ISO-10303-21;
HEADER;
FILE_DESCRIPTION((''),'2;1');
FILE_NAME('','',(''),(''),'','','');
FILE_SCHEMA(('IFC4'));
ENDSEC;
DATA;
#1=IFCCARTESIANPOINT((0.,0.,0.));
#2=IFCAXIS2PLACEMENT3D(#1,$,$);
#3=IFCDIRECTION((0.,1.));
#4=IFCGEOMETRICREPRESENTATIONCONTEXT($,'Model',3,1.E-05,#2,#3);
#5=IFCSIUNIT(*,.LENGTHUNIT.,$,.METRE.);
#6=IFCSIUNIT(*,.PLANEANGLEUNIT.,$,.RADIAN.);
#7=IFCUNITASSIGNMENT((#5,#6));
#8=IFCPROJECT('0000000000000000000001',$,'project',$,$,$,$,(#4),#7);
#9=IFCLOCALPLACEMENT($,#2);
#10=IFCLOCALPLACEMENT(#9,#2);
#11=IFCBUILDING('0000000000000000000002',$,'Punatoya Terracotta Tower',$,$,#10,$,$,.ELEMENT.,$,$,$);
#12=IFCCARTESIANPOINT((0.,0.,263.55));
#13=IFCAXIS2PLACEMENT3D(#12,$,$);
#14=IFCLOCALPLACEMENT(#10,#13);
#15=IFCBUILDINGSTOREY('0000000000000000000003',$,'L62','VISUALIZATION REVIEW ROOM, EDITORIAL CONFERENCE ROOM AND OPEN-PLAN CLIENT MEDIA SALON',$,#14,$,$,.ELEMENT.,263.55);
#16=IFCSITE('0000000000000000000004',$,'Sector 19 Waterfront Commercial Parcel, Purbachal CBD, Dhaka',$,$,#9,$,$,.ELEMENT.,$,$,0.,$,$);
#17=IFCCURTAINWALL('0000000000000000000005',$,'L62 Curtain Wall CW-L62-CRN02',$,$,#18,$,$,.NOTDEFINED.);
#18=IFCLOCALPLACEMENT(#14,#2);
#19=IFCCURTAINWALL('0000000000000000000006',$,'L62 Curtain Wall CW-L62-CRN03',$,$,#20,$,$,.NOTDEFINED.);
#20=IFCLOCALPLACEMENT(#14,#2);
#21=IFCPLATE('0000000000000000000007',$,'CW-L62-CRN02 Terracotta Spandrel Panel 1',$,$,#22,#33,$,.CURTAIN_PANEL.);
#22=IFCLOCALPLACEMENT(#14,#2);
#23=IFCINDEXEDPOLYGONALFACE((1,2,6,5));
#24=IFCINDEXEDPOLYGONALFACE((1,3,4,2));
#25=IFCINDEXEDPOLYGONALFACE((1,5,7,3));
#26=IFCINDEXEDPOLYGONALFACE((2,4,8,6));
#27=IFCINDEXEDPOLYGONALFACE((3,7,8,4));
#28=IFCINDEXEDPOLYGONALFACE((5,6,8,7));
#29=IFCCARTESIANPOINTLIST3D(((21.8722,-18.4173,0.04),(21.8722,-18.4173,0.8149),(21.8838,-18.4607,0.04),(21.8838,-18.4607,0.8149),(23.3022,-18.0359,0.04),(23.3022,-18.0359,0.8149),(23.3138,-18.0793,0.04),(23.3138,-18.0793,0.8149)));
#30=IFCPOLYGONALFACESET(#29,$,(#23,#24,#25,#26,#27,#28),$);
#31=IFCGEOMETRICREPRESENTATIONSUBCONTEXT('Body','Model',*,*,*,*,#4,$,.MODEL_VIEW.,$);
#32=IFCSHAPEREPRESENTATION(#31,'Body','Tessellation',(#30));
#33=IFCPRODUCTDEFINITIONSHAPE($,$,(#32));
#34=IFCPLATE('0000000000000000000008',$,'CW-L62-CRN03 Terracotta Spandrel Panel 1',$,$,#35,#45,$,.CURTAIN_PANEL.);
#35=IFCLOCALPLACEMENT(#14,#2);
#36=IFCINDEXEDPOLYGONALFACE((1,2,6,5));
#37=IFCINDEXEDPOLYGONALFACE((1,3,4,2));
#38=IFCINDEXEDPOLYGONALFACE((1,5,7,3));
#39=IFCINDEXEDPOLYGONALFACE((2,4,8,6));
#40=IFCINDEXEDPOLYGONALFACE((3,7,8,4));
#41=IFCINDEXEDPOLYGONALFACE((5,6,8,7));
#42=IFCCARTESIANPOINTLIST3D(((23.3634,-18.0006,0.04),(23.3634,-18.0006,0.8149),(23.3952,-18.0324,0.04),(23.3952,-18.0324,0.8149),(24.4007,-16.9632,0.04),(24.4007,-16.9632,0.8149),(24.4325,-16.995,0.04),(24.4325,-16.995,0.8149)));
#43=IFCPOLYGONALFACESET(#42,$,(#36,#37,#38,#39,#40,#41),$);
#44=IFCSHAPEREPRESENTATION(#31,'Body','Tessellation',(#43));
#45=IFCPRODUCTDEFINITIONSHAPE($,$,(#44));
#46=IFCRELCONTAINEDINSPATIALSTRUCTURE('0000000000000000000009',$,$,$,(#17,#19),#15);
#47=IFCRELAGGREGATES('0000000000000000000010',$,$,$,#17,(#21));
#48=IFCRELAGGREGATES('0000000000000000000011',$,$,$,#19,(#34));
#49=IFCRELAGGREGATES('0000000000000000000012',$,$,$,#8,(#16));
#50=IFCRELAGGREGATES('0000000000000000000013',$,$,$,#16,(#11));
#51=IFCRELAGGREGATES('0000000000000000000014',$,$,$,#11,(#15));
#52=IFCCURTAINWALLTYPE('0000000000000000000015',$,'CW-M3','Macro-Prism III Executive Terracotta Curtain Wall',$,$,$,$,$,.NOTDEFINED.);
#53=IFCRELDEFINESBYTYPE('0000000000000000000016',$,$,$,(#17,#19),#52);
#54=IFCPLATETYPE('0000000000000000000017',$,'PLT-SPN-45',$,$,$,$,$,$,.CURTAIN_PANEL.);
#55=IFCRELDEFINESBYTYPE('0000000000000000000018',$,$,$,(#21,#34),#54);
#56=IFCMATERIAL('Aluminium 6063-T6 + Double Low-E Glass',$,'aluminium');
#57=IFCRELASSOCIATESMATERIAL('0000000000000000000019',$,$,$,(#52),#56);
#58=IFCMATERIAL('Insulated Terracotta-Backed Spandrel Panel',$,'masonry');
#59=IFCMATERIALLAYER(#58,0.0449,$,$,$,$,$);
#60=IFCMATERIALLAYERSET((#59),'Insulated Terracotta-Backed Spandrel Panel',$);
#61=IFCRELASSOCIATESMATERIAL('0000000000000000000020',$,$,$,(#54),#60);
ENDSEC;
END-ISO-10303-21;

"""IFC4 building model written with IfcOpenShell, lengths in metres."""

from ifc_helpers import new_model, si_unit, direction, frame, origin, origin_2d, place, context, subcontext, project, spatial, rectangle, extrude, material, layer, layer_set, type_object, element, aggregate, save


model = new_model("IFC4")

# Units and contexts
model_context = context("Model", 3, precision=1e-05, world=origin(), true_north=direction((0.0, 1.0)))
body_context = subcontext(model_context, "Body", "Model", "MODEL_VIEW")
ifc_project = project(units=[si_unit("LENGTHUNIT", "METRE"), si_unit("PLANEANGLEUNIT", "RADIAN")], contexts=[model_context])

# Site, building, storey
site_placement = place(None, origin())
site = spatial("IfcSite", under=ifc_project, at=site_placement, Name="Sector 19 Waterfront Commercial Parcel, Purbachal CBD, Dhaka", CompositionType="ELEMENT", RefElevation=0.0)
building_placement = place(site_placement, origin())
building = spatial("IfcBuilding", under=site, at=building_placement, Name="Punatoya Terracotta Tower", CompositionType="ELEMENT")
storey_placement = place(building_placement, frame((0.0, 0.0, 263.55)))
storey = spatial("IfcBuildingStorey", under=building, at=storey_placement, Name="L62", Description="VISUALIZATION REVIEW ROOM, EDITORIAL CONFERENCE ROOM AND OPEN-PLAN CLIENT MEDIA SALON", CompositionType="ELEMENT", Elevation=263.55)

# Curtain walls
ifc_material_1 = material(Name="Aluminium 6063-T6 + Double Low-E Glass", Category="aluminium")
curtain_wall_type = type_object("IfcCurtainWallType", Name="CW-M3", Description="Macro-Prism III Executive Terracotta Curtain Wall", PredefinedType="NOTDEFINED", material=ifc_material_1)
curtain_wall_1_placement = place(storey_placement, origin())
curtain_wall_1 = element("IfcCurtainWall", 1, at=curtain_wall_1_placement, inside=storey, type_object=curtain_wall_type, Name="L62 Curtain Wall CW-L62-CRN02", PredefinedType="NOTDEFINED")
curtain_wall_2_placement = place(storey_placement, origin())
curtain_wall_2 = element("IfcCurtainWall", 2, at=curtain_wall_2_placement, inside=storey, type_object=curtain_wall_type, Name="L62 Curtain Wall CW-L62-CRN03", PredefinedType="NOTDEFINED")

# Plates
ifc_material_2 = material(Name="Insulated Terracotta-Backed Spandrel Panel", Category="masonry")
ifc_layer_1 = layer(ifc_material_2, 0.0449)
ifc_layer_set_1 = layer_set([ifc_layer_1], Name="Insulated Terracotta-Backed Spandrel Panel")
plate_type_1 = type_object("IfcPlateType", Name="PLT-SPN-45", PredefinedType="CURTAIN_PANEL", material=ifc_layer_set_1)
plate_1_placement = place(storey_placement, frame((22.593, -18.2483, 0.04), z_axis=(0.0, 0.0, 1.0), x_axis=(0.966214, 0.257742, 0.0)))
plate_1 = element("IfcPlate", 3, at=plate_1_placement, type_object=plate_type_1, Name="CW-L62-CRN02 Terracotta Spandrel Panel 1", PredefinedType="CURTAIN_PANEL", context=body_context, shape_type="SweptSolid", body=[
    extrude(rectangle(XDim=1.48, YDim=0.0449, at=origin_2d()), origin(), (0.0, 0.0, 1.0), 0.7749),
])
aggregate(curtain_wall_1, [plate_1])
plate_2_placement = place(storey_placement, frame((23.8979, -17.4978, 0.04), z_axis=(0.0, 0.0, 1.0), x_axis=(0.707107, 0.707107, 0.0)))
plate_2 = element("IfcPlate", 4, at=plate_2_placement, type_object=plate_type_1, Name="CW-L62-CRN03 Terracotta Spandrel Panel 1", PredefinedType="CURTAIN_PANEL", context=body_context, shape_type="SweptSolid", body=[
    extrude(rectangle(XDim=1.467, YDim=0.0449, at=origin_2d()), origin(), (0.0, 0.0, 1.0), 0.7749),
])
aggregate(curtain_wall_2, [plate_2])

save(model, "model.ifc")
